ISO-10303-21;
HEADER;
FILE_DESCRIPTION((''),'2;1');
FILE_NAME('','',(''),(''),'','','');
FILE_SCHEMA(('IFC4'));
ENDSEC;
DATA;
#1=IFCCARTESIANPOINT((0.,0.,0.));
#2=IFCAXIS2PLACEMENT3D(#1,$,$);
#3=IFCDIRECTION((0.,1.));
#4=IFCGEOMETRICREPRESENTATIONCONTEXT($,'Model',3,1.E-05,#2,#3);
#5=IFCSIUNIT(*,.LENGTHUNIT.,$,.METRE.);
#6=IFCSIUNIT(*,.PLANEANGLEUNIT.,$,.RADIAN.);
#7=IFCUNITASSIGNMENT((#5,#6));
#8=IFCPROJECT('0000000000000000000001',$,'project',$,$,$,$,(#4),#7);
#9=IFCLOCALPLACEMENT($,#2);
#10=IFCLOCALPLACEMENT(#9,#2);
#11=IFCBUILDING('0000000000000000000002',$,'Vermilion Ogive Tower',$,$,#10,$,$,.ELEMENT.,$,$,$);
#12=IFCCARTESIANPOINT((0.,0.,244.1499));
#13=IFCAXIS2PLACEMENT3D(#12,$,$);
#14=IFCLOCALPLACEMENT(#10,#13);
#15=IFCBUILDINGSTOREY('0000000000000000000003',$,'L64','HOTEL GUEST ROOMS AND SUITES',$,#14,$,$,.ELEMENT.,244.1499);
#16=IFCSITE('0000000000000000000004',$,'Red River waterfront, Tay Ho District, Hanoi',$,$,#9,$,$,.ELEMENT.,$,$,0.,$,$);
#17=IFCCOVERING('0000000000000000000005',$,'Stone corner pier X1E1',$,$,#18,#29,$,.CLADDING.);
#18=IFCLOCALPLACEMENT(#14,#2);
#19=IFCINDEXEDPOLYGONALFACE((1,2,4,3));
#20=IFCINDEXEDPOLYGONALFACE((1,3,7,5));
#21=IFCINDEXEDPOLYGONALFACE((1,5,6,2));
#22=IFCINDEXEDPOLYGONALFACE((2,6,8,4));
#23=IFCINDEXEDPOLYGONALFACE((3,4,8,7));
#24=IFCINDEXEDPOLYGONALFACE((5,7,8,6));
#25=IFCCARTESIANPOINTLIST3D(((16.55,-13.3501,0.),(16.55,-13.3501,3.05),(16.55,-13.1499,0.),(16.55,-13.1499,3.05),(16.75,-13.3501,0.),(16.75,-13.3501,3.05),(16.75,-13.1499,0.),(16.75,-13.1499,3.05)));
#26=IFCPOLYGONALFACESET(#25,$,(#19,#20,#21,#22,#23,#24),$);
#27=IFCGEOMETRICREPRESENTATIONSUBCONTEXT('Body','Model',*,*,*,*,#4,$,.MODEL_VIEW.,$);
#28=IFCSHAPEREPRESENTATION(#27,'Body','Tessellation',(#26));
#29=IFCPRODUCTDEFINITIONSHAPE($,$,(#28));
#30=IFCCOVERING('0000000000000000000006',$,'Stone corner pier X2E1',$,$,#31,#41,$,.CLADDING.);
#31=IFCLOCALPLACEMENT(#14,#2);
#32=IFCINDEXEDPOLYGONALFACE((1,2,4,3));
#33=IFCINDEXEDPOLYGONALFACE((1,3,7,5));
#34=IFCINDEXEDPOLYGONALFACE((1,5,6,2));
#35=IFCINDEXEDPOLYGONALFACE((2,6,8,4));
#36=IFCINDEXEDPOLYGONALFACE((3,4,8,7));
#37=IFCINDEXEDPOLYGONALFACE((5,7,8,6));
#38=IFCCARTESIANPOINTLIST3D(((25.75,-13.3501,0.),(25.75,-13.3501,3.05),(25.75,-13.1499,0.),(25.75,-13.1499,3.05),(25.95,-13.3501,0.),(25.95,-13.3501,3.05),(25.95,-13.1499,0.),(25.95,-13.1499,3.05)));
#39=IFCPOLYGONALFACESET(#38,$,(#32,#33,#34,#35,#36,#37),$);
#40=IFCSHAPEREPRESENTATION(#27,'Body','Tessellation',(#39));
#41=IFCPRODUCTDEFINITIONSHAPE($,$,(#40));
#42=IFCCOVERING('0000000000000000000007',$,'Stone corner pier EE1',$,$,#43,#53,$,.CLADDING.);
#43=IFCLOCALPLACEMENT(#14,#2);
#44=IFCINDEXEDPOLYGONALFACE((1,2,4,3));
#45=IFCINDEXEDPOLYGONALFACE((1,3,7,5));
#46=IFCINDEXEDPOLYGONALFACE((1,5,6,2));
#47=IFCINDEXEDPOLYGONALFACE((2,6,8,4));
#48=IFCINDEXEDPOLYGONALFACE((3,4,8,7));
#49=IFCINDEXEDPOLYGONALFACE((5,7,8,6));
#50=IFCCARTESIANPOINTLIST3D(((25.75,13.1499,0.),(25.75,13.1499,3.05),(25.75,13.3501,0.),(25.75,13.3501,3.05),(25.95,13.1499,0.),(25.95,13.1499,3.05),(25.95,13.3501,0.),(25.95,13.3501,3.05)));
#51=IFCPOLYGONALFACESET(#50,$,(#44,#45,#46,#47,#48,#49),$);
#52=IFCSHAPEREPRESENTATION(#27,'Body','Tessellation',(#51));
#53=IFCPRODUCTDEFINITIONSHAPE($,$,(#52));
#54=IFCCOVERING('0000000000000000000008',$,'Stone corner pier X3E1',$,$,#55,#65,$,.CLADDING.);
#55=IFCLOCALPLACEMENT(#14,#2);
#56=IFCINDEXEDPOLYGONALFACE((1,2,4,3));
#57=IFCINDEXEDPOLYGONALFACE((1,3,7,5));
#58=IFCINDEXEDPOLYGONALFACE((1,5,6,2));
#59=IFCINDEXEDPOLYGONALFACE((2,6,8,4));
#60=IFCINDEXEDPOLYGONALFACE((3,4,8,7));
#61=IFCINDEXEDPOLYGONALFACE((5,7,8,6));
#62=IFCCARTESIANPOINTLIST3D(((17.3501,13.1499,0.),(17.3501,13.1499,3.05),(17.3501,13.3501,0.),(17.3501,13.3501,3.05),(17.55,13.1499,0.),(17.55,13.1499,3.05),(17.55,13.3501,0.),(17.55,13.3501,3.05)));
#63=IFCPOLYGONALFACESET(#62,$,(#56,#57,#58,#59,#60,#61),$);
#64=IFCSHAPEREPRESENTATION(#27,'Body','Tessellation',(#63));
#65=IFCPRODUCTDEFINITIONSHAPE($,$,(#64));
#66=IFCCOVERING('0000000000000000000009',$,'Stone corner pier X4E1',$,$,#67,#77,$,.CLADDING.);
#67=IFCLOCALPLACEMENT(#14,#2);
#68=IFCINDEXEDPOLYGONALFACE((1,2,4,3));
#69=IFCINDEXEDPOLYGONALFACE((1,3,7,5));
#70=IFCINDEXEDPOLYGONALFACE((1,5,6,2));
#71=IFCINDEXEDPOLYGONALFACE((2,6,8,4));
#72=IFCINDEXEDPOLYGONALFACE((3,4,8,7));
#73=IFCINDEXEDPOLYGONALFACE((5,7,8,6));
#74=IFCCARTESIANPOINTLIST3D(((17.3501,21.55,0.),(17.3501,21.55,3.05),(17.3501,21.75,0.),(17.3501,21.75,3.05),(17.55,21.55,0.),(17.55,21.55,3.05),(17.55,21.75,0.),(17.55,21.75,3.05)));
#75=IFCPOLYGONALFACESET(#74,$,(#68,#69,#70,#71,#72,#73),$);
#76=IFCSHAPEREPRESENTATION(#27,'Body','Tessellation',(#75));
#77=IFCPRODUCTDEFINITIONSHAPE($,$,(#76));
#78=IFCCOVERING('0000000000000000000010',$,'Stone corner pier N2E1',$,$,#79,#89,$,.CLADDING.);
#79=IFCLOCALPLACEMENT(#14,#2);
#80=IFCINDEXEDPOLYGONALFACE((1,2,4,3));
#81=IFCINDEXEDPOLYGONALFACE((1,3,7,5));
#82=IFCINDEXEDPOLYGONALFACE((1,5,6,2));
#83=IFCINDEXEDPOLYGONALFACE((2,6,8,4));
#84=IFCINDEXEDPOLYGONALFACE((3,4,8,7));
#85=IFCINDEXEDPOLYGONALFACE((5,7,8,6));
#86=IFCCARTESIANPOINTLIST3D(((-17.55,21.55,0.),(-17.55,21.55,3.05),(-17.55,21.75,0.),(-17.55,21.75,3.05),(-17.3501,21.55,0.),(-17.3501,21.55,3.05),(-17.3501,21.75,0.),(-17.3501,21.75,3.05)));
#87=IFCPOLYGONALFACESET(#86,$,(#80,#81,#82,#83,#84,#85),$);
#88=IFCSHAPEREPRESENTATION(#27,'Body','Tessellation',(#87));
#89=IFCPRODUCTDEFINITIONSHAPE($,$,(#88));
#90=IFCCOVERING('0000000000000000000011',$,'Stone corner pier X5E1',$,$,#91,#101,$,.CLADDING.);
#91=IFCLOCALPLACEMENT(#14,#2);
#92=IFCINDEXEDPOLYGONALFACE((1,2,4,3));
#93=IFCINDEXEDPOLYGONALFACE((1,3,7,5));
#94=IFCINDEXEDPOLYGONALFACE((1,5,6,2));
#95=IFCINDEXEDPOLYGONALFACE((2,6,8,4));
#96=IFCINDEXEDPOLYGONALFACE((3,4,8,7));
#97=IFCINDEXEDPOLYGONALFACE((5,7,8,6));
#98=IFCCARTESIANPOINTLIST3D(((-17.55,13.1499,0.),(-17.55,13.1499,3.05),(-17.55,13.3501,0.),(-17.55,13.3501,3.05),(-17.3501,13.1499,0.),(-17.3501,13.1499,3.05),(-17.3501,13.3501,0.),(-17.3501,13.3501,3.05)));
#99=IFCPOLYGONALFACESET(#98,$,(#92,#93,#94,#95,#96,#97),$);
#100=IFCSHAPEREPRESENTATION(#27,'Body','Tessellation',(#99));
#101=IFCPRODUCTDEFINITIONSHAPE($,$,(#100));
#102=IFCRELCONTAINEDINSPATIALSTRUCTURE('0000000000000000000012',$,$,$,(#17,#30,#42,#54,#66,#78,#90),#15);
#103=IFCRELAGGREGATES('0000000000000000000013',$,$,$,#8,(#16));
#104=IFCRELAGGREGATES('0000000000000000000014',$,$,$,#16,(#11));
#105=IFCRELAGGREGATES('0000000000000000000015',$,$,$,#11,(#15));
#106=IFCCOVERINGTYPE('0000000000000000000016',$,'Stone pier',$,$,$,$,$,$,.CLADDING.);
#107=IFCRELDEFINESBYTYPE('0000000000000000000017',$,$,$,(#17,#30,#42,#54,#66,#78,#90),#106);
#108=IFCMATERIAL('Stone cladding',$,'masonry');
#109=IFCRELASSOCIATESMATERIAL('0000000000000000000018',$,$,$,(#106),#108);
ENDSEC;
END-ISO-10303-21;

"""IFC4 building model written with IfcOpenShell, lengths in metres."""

from ifc_helpers import new_model, si_unit, direction, frame, origin, place, context, subcontext, project, spatial, polyline, outline, extrude, material, type_object, element, save


model = new_model("IFC4")

# Units and contexts
model_context = context("Model", 3, precision=1e-05, world=origin(), true_north=direction((0.0, 1.0)))
body_context = subcontext(model_context, "Body", "Model", "MODEL_VIEW")
ifc_project = project(units=[si_unit("LENGTHUNIT", "METRE"), si_unit("PLANEANGLEUNIT", "RADIAN")], contexts=[model_context])

# Site, building, storey
site_placement = place(None, origin())
site = spatial("IfcSite", under=ifc_project, at=site_placement, Name="Red River waterfront, Tay Ho District, Hanoi", CompositionType="ELEMENT", RefElevation=0.0)
building_placement = place(site_placement, origin())
building = spatial("IfcBuilding", under=site, at=building_placement, Name="Vermilion Ogive Tower", CompositionType="ELEMENT")
storey_placement = place(building_placement, frame((0.0, 0.0, 244.1499)))
storey = spatial("IfcBuildingStorey", under=building, at=storey_placement, Name="L64", Description="HOTEL GUEST ROOMS AND SUITES", CompositionType="ELEMENT", Elevation=244.1499)

# Coverings
ifc_material_1 = material(Name="Stone cladding", Category="masonry")
covering_type_1 = type_object("IfcCoveringType", Name="Stone pier", PredefinedType="CLADDING", material=ifc_material_1)
covering_1_placement = place(storey_placement, origin())
element("IfcCovering", 1, at=covering_1_placement, inside=storey, type_object=covering_type_1, Name="Stone corner pier X1E1", PredefinedType="CLADDING", context=body_context, shape_type="SweptSolid", body=[
    extrude(outline(polyline([(16.55, -13.1499), (16.75, -13.1499), (16.75, -13.3501), (16.55, -13.3501), (16.55, -13.1499)])), origin(), (0.0, 0.0, 1.0), 3.05),
])
covering_2_placement = place(storey_placement, origin())
element("IfcCovering", 2, at=covering_2_placement, inside=storey, type_object=covering_type_1, Name="Stone corner pier X2E1", PredefinedType="CLADDING", context=body_context, shape_type="SweptSolid", body=[
    extrude(outline(polyline([(25.75, -13.1499), (25.95, -13.1499), (25.95, -13.3501), (25.75, -13.3501), (25.75, -13.1499)])), origin(), (0.0, 0.0, 1.0), 3.05),
])
covering_3_placement = place(storey_placement, origin())
element("IfcCovering", 3, at=covering_3_placement, inside=storey, type_object=covering_type_1, Name="Stone corner pier EE1", PredefinedType="CLADDING", context=body_context, shape_type="SweptSolid", body=[
    extrude(outline(polyline([(25.75, 13.1499), (25.75, 13.3501), (25.95, 13.3501), (25.95, 13.1499), (25.75, 13.1499)])), origin(), (0.0, 0.0, 1.0), 3.05),
])
covering_4_placement = place(storey_placement, origin())
element("IfcCovering", 4, at=covering_4_placement, inside=storey, type_object=covering_type_1, Name="Stone corner pier X3E1", PredefinedType="CLADDING", context=body_context, shape_type="SweptSolid", body=[
    extrude(outline(polyline([(17.3501, 13.1499), (17.3501, 13.3501), (17.55, 13.3501), (17.55, 13.1499), (17.3501, 13.1499)])), origin(), (0.0, 0.0, 1.0), 3.05),
])
covering_5_placement = place(storey_placement, origin())
element("IfcCovering", 5, at=covering_5_placement, inside=storey, type_object=covering_type_1, Name="Stone corner pier X4E1", PredefinedType="CLADDING", context=body_context, shape_type="SweptSolid", body=[
    extrude(outline(polyline([(17.3501, 21.55), (17.3501, 21.75), (17.55, 21.75), (17.55, 21.55), (17.3501, 21.55)])), origin(), (0.0, 0.0, 1.0), 3.05),
])
covering_6_placement = place(storey_placement, origin())
element("IfcCovering", 6, at=covering_6_placement, inside=storey, type_object=covering_type_1, Name="Stone corner pier N2E1", PredefinedType="CLADDING", context=body_context, shape_type="SweptSolid", body=[
    extrude(outline(polyline([(-17.3501, 21.55), (-17.55, 21.55), (-17.55, 21.75), (-17.3501, 21.75), (-17.3501, 21.55)])), origin(), (0.0, 0.0, 1.0), 3.05),
])
covering_7_placement = place(storey_placement, origin())
element("IfcCovering", 7, at=covering_7_placement, inside=storey, type_object=covering_type_1, Name="Stone corner pier X5E1", PredefinedType="CLADDING", context=body_context, shape_type="SweptSolid", body=[
    extrude(outline(polyline([(-17.3501, 13.1499), (-17.55, 13.1499), (-17.55, 13.3501), (-17.3501, 13.3501), (-17.3501, 13.1499)])), origin(), (0.0, 0.0, 1.0), 3.05),
])

save(model, "model.ifc")
